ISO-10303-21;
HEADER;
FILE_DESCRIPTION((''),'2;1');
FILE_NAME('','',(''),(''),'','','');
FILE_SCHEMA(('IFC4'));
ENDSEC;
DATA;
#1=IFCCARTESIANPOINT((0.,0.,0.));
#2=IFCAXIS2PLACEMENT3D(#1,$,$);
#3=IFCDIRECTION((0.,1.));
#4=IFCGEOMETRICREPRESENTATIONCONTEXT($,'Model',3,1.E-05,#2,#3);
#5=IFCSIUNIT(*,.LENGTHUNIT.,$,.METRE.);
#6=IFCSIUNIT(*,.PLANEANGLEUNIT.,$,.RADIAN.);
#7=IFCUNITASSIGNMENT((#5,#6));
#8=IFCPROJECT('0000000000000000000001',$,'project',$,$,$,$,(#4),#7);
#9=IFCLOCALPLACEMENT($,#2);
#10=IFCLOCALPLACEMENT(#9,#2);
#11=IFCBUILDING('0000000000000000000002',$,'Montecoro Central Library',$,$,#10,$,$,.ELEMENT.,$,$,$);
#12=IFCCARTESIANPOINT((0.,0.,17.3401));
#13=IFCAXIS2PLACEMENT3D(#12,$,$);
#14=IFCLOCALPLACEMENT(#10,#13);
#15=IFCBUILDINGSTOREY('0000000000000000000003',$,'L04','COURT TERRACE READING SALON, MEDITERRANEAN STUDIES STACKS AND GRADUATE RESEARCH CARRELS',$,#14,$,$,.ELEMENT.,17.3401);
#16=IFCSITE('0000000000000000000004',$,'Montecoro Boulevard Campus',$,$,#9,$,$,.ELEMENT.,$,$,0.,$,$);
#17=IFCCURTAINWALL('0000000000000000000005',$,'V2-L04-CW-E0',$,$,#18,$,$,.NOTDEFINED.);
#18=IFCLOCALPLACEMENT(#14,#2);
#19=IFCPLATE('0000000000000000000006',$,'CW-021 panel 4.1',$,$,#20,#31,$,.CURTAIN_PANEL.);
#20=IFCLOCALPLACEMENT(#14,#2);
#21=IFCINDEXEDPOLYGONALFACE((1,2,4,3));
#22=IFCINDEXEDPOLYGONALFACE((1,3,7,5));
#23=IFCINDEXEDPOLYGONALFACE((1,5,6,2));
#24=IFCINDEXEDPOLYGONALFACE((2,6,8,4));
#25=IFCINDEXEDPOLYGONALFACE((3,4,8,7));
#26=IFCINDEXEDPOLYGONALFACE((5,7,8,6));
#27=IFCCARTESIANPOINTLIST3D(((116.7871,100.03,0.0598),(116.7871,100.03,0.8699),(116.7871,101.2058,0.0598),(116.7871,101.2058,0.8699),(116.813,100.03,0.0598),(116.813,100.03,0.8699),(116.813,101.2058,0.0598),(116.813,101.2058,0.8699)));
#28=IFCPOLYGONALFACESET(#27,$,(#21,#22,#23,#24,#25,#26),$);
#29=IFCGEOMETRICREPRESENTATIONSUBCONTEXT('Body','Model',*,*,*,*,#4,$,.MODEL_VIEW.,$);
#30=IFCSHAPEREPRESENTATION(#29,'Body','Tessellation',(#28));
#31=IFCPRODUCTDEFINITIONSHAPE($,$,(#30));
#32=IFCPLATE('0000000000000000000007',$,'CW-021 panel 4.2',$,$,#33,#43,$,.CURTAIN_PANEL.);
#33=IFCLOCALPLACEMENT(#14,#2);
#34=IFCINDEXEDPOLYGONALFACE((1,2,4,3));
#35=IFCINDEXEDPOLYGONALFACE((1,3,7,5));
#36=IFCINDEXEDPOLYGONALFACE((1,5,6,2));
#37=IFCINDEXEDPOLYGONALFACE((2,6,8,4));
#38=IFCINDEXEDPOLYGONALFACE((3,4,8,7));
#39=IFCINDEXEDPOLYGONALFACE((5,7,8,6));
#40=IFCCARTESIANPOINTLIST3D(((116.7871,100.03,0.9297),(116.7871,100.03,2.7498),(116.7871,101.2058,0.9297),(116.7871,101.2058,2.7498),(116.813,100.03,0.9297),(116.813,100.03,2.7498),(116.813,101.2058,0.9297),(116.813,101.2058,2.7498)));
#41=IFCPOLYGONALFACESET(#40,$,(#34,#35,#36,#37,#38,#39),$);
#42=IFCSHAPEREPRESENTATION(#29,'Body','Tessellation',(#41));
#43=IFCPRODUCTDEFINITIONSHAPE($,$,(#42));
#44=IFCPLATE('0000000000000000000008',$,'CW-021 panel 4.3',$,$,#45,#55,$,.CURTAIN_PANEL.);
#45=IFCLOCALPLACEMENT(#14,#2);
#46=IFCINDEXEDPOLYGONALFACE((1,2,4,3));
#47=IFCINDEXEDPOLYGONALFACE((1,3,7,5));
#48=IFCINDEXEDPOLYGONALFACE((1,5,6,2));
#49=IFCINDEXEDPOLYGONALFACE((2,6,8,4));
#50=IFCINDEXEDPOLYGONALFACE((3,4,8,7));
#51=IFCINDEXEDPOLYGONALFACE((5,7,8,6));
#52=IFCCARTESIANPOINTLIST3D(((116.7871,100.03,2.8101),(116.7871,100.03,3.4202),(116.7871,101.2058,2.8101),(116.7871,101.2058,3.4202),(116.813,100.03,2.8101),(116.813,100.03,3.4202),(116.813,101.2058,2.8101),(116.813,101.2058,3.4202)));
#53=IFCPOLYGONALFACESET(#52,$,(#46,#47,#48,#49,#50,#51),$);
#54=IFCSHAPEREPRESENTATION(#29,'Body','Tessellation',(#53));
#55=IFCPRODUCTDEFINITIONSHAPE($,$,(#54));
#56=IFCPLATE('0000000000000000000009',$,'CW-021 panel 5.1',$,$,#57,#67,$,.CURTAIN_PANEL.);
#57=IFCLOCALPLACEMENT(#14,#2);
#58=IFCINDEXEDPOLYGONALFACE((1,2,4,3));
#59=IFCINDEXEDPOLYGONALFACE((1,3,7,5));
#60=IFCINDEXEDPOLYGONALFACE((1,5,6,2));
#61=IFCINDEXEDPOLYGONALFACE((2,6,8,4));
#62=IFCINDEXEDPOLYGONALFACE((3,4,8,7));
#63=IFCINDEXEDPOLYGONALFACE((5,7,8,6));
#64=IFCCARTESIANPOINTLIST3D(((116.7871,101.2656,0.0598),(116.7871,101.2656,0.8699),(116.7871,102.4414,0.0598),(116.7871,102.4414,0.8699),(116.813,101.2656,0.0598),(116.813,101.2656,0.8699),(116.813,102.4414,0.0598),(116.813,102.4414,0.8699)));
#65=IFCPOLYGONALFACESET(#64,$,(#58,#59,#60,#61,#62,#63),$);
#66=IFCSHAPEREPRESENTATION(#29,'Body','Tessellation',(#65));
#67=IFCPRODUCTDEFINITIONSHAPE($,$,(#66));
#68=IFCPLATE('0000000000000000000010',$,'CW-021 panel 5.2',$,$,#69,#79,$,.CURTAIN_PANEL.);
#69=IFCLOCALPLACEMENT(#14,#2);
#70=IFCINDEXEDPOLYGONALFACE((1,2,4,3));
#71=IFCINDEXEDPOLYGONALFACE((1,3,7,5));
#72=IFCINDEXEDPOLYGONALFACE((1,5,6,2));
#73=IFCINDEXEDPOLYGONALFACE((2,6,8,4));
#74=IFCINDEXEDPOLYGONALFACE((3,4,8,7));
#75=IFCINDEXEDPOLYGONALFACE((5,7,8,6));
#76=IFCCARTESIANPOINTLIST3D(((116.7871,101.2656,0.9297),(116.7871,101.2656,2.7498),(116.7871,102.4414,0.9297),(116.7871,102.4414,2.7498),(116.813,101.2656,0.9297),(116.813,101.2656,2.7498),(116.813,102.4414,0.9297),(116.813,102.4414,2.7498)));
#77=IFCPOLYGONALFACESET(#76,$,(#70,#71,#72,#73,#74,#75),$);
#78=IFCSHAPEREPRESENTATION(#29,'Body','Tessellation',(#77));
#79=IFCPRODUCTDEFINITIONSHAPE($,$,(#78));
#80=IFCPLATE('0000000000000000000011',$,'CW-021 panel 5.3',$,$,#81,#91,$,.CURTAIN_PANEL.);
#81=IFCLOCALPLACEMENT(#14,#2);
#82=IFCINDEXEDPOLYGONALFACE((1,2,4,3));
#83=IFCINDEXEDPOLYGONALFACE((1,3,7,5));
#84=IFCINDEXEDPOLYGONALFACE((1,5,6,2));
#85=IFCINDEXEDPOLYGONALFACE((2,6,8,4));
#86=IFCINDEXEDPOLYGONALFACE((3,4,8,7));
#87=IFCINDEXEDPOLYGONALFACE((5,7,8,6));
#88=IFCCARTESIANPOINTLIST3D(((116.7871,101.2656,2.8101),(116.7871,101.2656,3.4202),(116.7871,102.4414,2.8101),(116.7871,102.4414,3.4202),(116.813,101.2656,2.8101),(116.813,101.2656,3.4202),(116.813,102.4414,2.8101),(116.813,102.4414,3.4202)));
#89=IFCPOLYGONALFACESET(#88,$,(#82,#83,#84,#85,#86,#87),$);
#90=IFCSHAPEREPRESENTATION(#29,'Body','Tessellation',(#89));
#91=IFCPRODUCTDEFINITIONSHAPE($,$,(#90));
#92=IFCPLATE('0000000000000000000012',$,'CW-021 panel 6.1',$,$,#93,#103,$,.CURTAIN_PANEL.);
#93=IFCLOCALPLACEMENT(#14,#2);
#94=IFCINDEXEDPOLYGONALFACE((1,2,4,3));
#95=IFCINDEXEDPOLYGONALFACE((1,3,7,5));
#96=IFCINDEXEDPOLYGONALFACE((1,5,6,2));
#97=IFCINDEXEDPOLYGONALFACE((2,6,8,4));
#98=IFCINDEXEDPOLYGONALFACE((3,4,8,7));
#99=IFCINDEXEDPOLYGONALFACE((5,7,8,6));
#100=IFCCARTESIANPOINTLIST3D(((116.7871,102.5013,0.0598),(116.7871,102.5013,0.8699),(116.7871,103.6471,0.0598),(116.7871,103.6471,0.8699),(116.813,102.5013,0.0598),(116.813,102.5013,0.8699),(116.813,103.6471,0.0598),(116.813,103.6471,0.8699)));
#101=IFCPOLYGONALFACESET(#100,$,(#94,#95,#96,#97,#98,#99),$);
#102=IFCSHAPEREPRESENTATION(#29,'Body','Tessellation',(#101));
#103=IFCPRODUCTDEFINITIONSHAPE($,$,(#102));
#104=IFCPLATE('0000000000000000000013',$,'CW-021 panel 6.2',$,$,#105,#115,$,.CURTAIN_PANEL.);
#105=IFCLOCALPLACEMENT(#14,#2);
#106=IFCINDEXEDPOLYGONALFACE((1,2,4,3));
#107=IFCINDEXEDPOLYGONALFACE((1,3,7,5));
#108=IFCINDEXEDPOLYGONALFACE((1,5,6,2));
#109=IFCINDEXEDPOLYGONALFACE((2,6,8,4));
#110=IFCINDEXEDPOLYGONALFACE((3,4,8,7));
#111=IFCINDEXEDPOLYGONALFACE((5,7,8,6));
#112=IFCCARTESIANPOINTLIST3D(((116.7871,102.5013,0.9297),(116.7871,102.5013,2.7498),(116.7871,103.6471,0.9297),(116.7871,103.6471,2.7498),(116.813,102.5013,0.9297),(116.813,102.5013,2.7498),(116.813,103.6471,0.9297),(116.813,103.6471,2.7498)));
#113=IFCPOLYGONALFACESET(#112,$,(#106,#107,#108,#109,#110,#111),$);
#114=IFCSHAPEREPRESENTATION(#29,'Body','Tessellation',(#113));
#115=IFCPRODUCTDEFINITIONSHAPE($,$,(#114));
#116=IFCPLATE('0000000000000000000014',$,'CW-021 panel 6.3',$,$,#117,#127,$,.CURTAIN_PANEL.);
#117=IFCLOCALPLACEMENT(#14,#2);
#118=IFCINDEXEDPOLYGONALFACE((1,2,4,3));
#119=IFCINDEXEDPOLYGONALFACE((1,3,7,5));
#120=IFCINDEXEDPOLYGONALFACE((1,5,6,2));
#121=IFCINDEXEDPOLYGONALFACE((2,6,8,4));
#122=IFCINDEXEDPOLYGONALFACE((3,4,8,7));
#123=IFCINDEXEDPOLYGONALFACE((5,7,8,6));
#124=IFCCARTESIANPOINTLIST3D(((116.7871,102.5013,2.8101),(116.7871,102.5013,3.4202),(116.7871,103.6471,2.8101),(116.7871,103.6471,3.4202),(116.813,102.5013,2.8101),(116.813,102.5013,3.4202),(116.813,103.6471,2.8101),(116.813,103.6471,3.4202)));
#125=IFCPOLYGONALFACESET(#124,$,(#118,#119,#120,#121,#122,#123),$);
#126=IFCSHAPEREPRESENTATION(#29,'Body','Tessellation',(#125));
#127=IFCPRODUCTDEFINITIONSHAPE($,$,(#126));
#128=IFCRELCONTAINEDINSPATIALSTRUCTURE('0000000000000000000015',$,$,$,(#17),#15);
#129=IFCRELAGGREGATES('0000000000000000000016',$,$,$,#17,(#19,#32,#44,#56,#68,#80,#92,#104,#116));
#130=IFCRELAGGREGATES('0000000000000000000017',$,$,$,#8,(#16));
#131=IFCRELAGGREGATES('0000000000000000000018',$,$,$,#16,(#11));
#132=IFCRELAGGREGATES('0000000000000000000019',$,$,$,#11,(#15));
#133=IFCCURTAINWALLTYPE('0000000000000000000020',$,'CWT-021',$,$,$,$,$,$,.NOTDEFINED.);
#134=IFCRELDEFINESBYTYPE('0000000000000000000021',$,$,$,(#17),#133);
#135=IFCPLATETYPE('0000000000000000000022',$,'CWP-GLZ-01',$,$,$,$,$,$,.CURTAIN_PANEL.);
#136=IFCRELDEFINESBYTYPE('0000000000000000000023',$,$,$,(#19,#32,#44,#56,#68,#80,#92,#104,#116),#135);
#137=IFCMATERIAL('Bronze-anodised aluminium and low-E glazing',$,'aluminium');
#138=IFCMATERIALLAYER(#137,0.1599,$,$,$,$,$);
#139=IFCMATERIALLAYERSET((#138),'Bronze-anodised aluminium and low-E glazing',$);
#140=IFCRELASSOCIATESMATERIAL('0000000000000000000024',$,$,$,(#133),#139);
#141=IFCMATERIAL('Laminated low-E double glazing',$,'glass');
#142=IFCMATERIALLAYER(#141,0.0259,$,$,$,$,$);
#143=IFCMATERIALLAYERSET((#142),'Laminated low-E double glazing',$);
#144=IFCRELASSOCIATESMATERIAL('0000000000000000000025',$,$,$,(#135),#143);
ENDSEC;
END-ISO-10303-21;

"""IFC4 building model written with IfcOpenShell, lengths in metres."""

from ifc_helpers import new_model, si_unit, direction, frame, origin, origin_2d, place, context, subcontext, project, spatial, rectangle, extrude, material, layer, layer_set, type_object, element, aggregate, save


model = new_model("IFC4")

# Units and contexts
model_context = context("Model", 3, precision=1e-05, world=origin(), true_north=direction((0.0, 1.0)))
body_context = subcontext(model_context, "Body", "Model", "MODEL_VIEW")
ifc_project = project(units=[si_unit("LENGTHUNIT", "METRE"), si_unit("PLANEANGLEUNIT", "RADIAN")], contexts=[model_context])

# Site, building, storey
site_placement = place(None, origin())
site = spatial("IfcSite", under=ifc_project, at=site_placement, Name="Montecoro Boulevard Campus", CompositionType="ELEMENT", RefElevation=0.0)
building_placement = place(site_placement, origin())
building = spatial("IfcBuilding", under=site, at=building_placement, Name="Montecoro Central Library", CompositionType="ELEMENT")
storey_placement = place(building_placement, frame((0.0, 0.0, 17.3401)))
storey = spatial("IfcBuildingStorey", under=building, at=storey_placement, Name="L04", Description="COURT TERRACE READING SALON, MEDITERRANEAN STUDIES STACKS AND GRADUATE RESEARCH CARRELS", CompositionType="ELEMENT", Elevation=17.3401)

# Curtain wall, plates
ifc_material_1 = material(Name="Bronze-anodised aluminium and low-E glazing", Category="aluminium")
ifc_layer_1 = layer(ifc_material_1, 0.1599)
ifc_layer_set_1 = layer_set([ifc_layer_1], Name="Bronze-anodised aluminium and low-E glazing")
curtain_wall_type = type_object("IfcCurtainWallType", Name="CWT-021", PredefinedType="NOTDEFINED", material=ifc_layer_set_1)
curtain_wall_placement = place(storey_placement, origin())
curtain_wall = element("IfcCurtainWall", 1, at=curtain_wall_placement, inside=storey, type_object=curtain_wall_type, Name="V2-L04-CW-E0", PredefinedType="NOTDEFINED")
ifc_material_2 = material(Name="Laminated low-E double glazing", Category="glass")
ifc_layer_2 = layer(ifc_material_2, 0.0259)
ifc_layer_set_2 = layer_set([ifc_layer_2], Name="Laminated low-E double glazing")
plate_type = type_object("IfcPlateType", Name="CWP-GLZ-01", PredefinedType="CURTAIN_PANEL", material=ifc_layer_set_2)
plate_1_placement = place(storey_placement, frame((116.8, 100.6179, 0.0598), z_axis=(0.0, 0.0, 1.0), x_axis=(0.0, 1.0, 0.0)))
plate_1 = element("IfcPlate", 2, at=plate_1_placement, type_object=plate_type, Name="CW-021 panel 4.1", PredefinedType="CURTAIN_PANEL", context=body_context, shape_type="SweptSolid", body=[
    extrude(rectangle(XDim=1.1758, YDim=0.0259, at=origin_2d()), origin(), (0.0, 0.0, 1.0), 0.8101),
])
plate_2_placement = place(storey_placement, frame((116.8, 100.6179, 0.9297), z_axis=(0.0, 0.0, 1.0), x_axis=(0.0, 1.0, 0.0)))
plate_2 = element("IfcPlate", 3, at=plate_2_placement, type_object=plate_type, Name="CW-021 panel 4.2", PredefinedType="CURTAIN_PANEL", context=body_context, shape_type="SweptSolid", body=[
    extrude(rectangle(XDim=1.1758, YDim=0.0259, at=origin_2d()), origin(), (0.0, 0.0, 1.0), 1.8201),
])
plate_3_placement = place(storey_placement, frame((116.8, 100.6179, 2.8101), z_axis=(0.0, 0.0, 1.0), x_axis=(0.0, 1.0, 0.0)))
plate_3 = element("IfcPlate", 4, at=plate_3_placement, type_object=plate_type, Name="CW-021 panel 4.3", PredefinedType="CURTAIN_PANEL", context=body_context, shape_type="SweptSolid", body=[
    extrude(rectangle(XDim=1.1758, YDim=0.0259, at=origin_2d()), origin(), (0.0, 0.0, 1.0), 0.6101),
])
plate_4_placement = place(storey_placement, frame((116.8, 101.8535, 0.0598), z_axis=(0.0, 0.0, 1.0), x_axis=(0.0, 1.0, 0.0)))
plate_4 = element("IfcPlate", 5, at=plate_4_placement, type_object=plate_type, Name="CW-021 panel 5.1", PredefinedType="CURTAIN_PANEL", context=body_context, shape_type="SweptSolid", body=[
    extrude(rectangle(XDim=1.1758, YDim=0.0259, at=origin_2d()), origin(), (0.0, 0.0, 1.0), 0.8101),
])
plate_5_placement = place(storey_placement, frame((116.8, 101.8535, 0.9297), z_axis=(0.0, 0.0, 1.0), x_axis=(0.0, 1.0, 0.0)))
plate_5 = element("IfcPlate", 6, at=plate_5_placement, type_object=plate_type, Name="CW-021 panel 5.2", PredefinedType="CURTAIN_PANEL", context=body_context, shape_type="SweptSolid", body=[
    extrude(rectangle(XDim=1.1758, YDim=0.0259, at=origin_2d()), origin(), (0.0, 0.0, 1.0), 1.8201),
])
plate_6_placement = place(storey_placement, frame((116.8, 101.8535, 2.8101), z_axis=(0.0, 0.0, 1.0), x_axis=(0.0, 1.0, 0.0)))
plate_6 = element("IfcPlate", 7, at=plate_6_placement, type_object=plate_type, Name="CW-021 panel 5.3", PredefinedType="CURTAIN_PANEL", context=body_context, shape_type="SweptSolid", body=[
    extrude(rectangle(XDim=1.1758, YDim=0.0259, at=origin_2d()), origin(), (0.0, 0.0, 1.0), 0.6101),
])
plate_7_placement = place(storey_placement, frame((116.8, 103.0742, 0.0598), z_axis=(0.0, 0.0, 1.0), x_axis=(0.0, 1.0, 0.0)))
plate_7 = element("IfcPlate", 8, at=plate_7_placement, type_object=plate_type, Name="CW-021 panel 6.1", PredefinedType="CURTAIN_PANEL", context=body_context, shape_type="SweptSolid", body=[
    extrude(rectangle(XDim=1.1458, YDim=0.0259, at=origin_2d()), origin(), (0.0, 0.0, 1.0), 0.8101),
])
plate_8_placement = place(storey_placement, frame((116.8, 103.0742, 0.9297), z_axis=(0.0, 0.0, 1.0), x_axis=(0.0, 1.0, 0.0)))
plate_8 = element("IfcPlate", 9, at=plate_8_placement, type_object=plate_type, Name="CW-021 panel 6.2", PredefinedType="CURTAIN_PANEL", context=body_context, shape_type="SweptSolid", body=[
    extrude(rectangle(XDim=1.1458, YDim=0.0259, at=origin_2d()), origin(), (0.0, 0.0, 1.0), 1.8201),
])
plate_9_placement = place(storey_placement, frame((116.8, 103.0742, 2.8101), z_axis=(0.0, 0.0, 1.0), x_axis=(0.0, 1.0, 0.0)))
plate_9 = element("IfcPlate", 10, at=plate_9_placement, type_object=plate_type, Name="CW-021 panel 6.3", PredefinedType="CURTAIN_PANEL", context=body_context, shape_type="SweptSolid", body=[
    extrude(rectangle(XDim=1.1458, YDim=0.0259, at=origin_2d()), origin(), (0.0, 0.0, 1.0), 0.6101),
])
aggregate(curtain_wall, [plate_1, plate_2, plate_3, plate_4, plate_5, plate_6, plate_7, plate_8, plate_9])

save(model, "model.ifc")
